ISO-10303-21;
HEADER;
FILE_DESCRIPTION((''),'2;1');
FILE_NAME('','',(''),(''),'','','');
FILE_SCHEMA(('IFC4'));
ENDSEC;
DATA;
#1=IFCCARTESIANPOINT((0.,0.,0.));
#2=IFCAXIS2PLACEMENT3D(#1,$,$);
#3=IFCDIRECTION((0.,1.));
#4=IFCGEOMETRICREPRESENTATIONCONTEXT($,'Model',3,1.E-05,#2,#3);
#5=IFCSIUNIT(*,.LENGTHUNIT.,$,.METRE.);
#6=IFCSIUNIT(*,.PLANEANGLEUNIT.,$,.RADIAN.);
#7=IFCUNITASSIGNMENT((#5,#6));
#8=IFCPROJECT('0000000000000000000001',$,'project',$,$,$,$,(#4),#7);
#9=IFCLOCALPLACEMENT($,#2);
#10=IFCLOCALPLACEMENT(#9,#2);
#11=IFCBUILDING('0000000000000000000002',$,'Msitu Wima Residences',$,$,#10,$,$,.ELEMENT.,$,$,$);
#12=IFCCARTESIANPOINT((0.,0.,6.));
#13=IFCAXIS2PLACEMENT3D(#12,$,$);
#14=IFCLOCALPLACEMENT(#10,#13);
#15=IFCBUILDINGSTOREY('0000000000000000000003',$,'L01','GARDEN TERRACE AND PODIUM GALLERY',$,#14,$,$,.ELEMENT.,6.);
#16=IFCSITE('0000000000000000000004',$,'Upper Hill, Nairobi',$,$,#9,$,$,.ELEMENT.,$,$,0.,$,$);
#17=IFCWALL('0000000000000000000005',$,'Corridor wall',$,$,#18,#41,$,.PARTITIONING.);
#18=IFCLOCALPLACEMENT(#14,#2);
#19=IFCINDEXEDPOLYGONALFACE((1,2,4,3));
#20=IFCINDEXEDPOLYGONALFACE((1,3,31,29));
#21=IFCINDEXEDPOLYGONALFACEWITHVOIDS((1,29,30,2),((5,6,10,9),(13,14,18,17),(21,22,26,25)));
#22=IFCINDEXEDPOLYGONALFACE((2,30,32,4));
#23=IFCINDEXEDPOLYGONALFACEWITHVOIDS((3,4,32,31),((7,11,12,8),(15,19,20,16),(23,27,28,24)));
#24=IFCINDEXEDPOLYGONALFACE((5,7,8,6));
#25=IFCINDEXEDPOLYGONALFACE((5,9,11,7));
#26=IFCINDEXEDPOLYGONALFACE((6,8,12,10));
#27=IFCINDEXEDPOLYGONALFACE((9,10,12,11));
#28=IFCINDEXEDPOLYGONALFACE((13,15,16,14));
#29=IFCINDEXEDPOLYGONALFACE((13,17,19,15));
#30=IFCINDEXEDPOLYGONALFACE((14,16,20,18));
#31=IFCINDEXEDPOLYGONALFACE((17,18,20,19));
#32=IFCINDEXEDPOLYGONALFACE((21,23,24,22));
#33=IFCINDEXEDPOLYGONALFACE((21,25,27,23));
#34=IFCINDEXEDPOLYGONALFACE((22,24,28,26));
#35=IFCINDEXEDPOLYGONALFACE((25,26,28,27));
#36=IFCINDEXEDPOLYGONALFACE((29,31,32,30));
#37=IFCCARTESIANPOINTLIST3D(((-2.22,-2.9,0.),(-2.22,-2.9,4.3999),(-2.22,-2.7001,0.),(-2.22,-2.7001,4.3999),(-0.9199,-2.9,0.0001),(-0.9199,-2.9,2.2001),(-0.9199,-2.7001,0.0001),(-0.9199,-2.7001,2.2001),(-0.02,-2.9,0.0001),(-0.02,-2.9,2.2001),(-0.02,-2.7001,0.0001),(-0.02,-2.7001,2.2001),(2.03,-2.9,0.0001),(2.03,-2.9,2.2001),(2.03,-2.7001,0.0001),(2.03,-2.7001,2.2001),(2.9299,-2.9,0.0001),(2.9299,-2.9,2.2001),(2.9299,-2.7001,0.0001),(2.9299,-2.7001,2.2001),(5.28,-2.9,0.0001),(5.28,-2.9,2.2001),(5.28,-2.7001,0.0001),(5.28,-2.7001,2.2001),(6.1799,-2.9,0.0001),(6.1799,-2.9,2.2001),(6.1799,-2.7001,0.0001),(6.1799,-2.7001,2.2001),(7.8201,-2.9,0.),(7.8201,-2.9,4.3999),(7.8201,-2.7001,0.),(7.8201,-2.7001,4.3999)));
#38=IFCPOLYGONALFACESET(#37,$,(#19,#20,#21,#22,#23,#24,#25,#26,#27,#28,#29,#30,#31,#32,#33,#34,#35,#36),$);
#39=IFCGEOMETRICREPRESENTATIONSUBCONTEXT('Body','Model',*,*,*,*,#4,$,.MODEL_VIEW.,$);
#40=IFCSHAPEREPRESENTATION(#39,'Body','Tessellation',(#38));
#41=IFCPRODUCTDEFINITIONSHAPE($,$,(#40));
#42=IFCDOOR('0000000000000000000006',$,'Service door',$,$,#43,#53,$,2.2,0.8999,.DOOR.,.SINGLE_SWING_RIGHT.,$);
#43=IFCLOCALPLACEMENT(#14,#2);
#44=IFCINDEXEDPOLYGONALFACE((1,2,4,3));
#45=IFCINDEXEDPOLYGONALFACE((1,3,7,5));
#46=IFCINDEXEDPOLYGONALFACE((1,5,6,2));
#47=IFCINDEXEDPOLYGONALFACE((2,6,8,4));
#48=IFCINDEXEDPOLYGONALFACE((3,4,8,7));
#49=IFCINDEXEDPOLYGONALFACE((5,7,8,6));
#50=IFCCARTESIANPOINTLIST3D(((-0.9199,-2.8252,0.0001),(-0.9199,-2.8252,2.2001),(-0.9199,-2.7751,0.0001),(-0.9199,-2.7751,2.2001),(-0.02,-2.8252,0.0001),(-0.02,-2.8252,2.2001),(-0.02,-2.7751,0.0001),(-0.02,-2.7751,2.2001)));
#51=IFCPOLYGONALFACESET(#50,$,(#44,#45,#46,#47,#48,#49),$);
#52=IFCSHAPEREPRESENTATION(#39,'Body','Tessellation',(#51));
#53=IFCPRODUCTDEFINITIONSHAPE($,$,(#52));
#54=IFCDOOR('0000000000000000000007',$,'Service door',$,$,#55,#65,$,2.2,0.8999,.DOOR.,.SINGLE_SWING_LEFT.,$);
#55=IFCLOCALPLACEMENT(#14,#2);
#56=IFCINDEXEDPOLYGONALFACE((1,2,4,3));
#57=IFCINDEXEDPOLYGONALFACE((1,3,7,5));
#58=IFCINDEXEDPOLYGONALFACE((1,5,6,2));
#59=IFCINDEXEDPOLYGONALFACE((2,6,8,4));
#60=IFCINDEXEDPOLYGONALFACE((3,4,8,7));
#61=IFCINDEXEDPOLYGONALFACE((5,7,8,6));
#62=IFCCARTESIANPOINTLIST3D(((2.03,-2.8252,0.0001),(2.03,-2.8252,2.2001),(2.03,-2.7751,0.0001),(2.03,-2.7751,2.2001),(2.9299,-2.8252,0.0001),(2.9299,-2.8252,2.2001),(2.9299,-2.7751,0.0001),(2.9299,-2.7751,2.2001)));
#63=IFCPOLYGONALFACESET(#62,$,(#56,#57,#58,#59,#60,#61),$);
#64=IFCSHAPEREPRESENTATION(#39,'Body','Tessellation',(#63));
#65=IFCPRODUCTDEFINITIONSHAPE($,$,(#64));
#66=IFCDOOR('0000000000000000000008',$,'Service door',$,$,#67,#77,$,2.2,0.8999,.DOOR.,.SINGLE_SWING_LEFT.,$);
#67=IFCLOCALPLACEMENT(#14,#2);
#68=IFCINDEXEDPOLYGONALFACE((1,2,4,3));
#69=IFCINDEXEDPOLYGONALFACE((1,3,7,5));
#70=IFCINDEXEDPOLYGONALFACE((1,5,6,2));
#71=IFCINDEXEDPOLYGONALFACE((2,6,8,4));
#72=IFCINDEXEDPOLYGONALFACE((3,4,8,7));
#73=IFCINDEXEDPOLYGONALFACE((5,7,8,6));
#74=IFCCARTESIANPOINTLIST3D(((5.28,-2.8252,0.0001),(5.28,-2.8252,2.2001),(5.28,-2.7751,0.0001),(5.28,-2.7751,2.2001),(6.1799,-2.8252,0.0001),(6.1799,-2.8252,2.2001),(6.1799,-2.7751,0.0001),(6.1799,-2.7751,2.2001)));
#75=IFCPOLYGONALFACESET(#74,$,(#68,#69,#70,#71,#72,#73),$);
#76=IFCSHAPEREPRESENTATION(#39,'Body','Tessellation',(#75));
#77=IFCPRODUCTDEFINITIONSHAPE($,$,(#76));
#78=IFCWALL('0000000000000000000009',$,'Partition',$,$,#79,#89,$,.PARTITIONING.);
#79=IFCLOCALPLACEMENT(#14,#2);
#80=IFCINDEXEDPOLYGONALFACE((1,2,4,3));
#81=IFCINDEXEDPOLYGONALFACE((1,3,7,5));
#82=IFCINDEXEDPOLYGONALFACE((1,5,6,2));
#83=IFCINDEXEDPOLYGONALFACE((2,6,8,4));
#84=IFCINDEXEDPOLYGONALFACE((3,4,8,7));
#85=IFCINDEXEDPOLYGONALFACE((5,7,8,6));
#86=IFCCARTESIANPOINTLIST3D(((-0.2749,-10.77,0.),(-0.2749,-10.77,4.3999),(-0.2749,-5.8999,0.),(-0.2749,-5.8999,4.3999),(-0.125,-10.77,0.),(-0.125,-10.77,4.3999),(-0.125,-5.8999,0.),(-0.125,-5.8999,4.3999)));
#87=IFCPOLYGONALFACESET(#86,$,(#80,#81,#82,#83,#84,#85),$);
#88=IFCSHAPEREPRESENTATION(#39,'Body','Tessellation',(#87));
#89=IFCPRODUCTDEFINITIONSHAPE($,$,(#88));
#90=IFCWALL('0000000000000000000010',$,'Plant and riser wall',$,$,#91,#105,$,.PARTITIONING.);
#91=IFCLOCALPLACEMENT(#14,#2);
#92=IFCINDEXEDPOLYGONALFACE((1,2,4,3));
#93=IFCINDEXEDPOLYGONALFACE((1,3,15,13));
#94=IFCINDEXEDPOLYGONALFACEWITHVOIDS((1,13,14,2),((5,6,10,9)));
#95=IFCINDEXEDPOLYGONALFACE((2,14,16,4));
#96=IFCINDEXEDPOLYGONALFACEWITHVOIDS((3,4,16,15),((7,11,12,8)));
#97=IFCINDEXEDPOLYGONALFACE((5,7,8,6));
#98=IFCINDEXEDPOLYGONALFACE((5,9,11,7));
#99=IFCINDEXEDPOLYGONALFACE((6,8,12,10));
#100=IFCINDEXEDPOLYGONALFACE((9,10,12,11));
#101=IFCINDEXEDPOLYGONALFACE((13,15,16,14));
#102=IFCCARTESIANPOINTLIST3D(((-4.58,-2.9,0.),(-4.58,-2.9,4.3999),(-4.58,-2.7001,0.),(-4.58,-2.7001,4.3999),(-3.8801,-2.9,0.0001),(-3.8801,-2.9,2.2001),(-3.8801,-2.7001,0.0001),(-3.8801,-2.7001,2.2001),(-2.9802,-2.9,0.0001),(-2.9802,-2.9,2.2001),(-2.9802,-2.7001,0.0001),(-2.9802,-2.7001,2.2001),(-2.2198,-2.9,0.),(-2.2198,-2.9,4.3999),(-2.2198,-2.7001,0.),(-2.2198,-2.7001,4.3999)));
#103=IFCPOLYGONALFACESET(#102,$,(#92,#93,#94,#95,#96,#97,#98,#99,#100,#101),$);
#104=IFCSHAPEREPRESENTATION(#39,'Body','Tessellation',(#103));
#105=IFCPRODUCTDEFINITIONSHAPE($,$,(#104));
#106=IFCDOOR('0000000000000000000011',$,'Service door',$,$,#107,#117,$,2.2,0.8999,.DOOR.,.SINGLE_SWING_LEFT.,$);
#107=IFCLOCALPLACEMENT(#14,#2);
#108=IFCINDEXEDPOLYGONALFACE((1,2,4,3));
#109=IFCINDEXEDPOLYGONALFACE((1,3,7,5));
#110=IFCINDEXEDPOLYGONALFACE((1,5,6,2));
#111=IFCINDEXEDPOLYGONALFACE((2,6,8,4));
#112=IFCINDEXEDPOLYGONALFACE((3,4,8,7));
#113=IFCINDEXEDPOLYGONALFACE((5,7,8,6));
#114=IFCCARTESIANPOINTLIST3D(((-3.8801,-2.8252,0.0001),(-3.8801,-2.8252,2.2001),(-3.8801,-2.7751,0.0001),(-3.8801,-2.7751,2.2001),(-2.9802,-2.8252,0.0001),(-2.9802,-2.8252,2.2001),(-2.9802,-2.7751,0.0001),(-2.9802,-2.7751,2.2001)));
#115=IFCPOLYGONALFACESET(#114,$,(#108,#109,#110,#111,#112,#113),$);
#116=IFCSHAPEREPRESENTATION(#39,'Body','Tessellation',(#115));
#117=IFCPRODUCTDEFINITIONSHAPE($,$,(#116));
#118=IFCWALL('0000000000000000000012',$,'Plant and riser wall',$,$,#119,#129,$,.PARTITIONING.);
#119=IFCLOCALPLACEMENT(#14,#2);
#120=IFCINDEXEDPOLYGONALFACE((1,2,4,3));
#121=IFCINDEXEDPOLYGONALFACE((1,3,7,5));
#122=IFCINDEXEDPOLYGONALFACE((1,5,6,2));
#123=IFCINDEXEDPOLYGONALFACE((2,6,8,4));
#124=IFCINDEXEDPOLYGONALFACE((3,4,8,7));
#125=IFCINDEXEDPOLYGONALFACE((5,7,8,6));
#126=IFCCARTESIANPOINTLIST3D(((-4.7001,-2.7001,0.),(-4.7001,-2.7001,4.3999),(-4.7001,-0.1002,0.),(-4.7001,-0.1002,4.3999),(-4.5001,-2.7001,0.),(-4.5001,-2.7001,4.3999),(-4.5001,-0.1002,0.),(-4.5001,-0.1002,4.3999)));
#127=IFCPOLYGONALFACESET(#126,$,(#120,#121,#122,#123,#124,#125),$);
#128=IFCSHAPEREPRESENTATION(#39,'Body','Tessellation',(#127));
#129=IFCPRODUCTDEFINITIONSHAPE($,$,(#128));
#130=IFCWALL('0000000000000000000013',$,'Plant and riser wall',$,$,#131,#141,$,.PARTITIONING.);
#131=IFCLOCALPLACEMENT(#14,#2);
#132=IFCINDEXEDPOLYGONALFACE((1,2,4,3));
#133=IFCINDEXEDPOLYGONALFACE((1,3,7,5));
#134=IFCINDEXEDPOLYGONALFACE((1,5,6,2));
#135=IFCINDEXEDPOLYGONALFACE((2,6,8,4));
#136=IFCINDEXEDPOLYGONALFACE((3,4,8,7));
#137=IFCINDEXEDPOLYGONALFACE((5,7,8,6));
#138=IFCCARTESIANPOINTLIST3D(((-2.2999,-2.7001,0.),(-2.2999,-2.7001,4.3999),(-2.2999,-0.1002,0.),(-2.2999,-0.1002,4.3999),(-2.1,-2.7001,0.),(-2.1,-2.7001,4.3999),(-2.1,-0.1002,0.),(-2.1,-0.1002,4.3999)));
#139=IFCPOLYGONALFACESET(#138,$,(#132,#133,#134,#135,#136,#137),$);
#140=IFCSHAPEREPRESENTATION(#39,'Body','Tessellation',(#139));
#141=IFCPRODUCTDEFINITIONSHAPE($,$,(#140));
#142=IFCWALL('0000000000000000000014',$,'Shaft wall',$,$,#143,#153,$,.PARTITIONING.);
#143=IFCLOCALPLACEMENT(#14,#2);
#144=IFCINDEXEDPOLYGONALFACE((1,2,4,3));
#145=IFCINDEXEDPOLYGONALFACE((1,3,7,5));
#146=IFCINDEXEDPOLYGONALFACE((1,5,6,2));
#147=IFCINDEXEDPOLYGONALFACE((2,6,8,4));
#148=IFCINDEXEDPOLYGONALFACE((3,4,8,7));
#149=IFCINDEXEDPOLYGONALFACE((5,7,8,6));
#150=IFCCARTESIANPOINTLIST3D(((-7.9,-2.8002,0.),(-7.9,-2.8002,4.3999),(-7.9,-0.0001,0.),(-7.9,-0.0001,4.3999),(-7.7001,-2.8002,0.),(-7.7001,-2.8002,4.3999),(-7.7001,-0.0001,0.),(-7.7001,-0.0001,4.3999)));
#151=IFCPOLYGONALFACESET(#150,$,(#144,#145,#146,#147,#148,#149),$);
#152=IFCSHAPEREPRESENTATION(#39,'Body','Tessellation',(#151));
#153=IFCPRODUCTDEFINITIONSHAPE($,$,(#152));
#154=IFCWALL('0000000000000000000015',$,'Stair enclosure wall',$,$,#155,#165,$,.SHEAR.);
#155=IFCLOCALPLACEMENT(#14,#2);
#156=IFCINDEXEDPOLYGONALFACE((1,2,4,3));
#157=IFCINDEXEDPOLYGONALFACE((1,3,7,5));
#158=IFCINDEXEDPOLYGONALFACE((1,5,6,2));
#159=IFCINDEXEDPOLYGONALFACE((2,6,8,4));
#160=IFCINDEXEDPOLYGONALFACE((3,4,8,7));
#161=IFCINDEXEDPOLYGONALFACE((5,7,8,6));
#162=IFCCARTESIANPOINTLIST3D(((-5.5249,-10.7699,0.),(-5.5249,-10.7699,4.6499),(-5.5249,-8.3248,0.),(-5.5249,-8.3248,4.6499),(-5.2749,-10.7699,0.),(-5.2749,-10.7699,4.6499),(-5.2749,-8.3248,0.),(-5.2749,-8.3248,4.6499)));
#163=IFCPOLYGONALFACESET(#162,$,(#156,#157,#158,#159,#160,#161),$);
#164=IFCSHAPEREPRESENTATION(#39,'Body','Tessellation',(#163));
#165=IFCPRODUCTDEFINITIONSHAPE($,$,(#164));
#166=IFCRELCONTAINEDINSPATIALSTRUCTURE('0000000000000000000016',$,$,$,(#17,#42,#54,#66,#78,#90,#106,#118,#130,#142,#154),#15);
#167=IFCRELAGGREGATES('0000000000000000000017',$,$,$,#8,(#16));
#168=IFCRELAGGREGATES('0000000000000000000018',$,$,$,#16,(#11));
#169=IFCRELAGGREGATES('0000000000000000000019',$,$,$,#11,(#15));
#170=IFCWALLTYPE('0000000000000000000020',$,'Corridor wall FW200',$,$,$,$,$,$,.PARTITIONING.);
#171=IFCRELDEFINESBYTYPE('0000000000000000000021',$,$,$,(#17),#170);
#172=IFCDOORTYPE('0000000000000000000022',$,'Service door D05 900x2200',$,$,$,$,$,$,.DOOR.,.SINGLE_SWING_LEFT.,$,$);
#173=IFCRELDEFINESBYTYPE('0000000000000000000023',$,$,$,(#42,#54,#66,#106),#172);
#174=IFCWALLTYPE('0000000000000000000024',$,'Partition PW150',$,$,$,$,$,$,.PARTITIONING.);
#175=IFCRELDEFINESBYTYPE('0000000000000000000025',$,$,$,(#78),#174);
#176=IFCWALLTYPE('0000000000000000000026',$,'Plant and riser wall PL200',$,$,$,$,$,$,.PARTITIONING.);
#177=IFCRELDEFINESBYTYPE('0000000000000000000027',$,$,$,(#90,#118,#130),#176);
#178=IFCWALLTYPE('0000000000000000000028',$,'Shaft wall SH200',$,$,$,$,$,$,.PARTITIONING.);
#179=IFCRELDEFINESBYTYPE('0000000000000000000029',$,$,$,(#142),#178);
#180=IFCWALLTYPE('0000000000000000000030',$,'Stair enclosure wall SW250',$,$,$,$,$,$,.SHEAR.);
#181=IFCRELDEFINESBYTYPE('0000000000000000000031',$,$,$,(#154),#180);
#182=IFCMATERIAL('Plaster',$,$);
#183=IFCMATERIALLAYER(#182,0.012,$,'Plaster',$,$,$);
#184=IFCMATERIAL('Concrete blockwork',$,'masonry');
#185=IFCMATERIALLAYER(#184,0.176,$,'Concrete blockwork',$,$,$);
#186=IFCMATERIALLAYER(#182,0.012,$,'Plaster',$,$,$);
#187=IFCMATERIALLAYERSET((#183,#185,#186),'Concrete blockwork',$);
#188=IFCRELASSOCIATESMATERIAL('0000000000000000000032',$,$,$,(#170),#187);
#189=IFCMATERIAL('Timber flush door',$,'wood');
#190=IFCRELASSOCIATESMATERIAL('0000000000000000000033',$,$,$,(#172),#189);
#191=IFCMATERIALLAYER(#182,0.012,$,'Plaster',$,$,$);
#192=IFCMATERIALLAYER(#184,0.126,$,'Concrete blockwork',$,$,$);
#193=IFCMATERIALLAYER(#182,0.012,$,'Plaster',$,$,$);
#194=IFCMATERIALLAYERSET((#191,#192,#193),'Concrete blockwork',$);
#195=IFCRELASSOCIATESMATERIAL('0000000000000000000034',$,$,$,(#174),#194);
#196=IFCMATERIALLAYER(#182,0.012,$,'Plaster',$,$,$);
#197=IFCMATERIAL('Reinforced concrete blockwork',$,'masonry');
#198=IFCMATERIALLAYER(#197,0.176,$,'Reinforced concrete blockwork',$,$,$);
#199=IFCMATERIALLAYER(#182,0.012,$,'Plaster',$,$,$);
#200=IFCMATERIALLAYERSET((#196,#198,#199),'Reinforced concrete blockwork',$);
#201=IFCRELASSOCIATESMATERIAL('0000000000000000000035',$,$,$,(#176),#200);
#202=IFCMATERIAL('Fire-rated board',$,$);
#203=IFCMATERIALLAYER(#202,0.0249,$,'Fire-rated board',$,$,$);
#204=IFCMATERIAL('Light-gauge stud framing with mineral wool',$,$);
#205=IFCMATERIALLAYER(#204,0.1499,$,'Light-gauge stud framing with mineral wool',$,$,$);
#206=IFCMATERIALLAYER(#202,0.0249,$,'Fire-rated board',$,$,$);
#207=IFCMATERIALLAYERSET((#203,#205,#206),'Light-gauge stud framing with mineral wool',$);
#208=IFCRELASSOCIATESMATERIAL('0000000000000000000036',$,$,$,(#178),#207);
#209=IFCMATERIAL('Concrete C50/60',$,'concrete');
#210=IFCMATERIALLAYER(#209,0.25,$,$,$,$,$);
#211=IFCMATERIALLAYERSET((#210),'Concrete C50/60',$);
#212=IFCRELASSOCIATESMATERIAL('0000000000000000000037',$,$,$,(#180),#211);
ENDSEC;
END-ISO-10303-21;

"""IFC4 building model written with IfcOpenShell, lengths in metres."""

from ifc_helpers import new_model, si_unit, direction, frame, frame_2d, origin, place, context, subcontext, project, spatial, rectangle, extrude, material, layer, layer_set, type_object, element, fill, save


model = new_model("IFC4")

# Units and contexts
model_context = context("Model", 3, precision=1e-05, world=origin(), true_north=direction((0.0, 1.0)))
body_context = subcontext(model_context, "Body", "Model", "MODEL_VIEW")
ifc_project = project(units=[si_unit("LENGTHUNIT", "METRE"), si_unit("PLANEANGLEUNIT", "RADIAN")], contexts=[model_context])

# Site, building, storey
site_placement = place(None, origin())
site = spatial("IfcSite", under=ifc_project, at=site_placement, Name="Upper Hill, Nairobi", CompositionType="ELEMENT", RefElevation=0.0)
building_placement = place(site_placement, origin())
building = spatial("IfcBuilding", under=site, at=building_placement, Name="Msitu Wima Residences", CompositionType="ELEMENT")
storey_placement = place(building_placement, frame((0.0, 0.0, 6.0)))
storey = spatial("IfcBuildingStorey", under=building, at=storey_placement, Name="L01", Description="GARDEN TERRACE AND PODIUM GALLERY", CompositionType="ELEMENT", Elevation=6.0)

# Shared definitions
ifc_material_1 = material(Name="Plaster")
ifc_layer_1 = layer(ifc_material_1, 0.012, Name="Plaster")
ifc_material_2 = material(Name="Concrete blockwork", Category="masonry")
ifc_layer_2 = layer(ifc_material_2, 0.176, Name="Concrete blockwork")
ifc_layer_3 = layer(ifc_material_1, 0.012, Name="Plaster")
ifc_layer_set_1 = layer_set([ifc_layer_1, ifc_layer_2, ifc_layer_3], Name="Concrete blockwork")
wall_type_1 = type_object("IfcWallType", Name="Corridor wall FW200", PredefinedType="PARTITIONING", material=ifc_layer_set_1)
ifc_material_3 = material(Name="Timber flush door", Category="wood")
door_type_1 = type_object("IfcDoorType", Name="Service door D05 900x2200", OperationType="SINGLE_SWING_LEFT", PredefinedType="DOOR", material=ifc_material_3)

# Wall, openings, doors
wall_1_placement = place(storey_placement, frame((-2.22, -2.8, 0.0), z_axis=(0.0, 0.0, 1.0), x_axis=(1.0, 0.0, 0.0)))
wall_1 = element("IfcWall", 1, at=wall_1_placement, inside=storey, type_object=wall_type_1, Name="Corridor wall", PredefinedType="PARTITIONING", context=body_context, shape_type="SweptSolid", body=[
    extrude(rectangle(XDim=10.04, YDim=0.2, at=frame_2d((5.02, 0.0))), origin(), (0.0, 0.0, 1.0), 4.3999),
])
opening_1_placement = place(wall_1_placement, frame((1.3, 0.0, 0.0)))
opening_1 = element("IfcOpeningElement", 2, at=opening_1_placement, cuts=wall_1, PredefinedType="OPENING", context=body_context, shape_type="SweptSolid", body=[
    extrude(rectangle(XDim=0.8999, YDim=2.2, at=frame_2d((0.45, 1.1001))), frame((0.0, 0.1099, 0.0), z_axis=(0.0, -1.0, 0.0), x_axis=(1.0, 0.0, 0.0)), (0.0, 0.0, 1.0), 0.22),
])
opening_2_placement = place(wall_1_placement, frame((4.25, 0.0, 0.0)))
opening_2 = element("IfcOpeningElement", 3, at=opening_2_placement, cuts=wall_1, PredefinedType="OPENING", context=body_context, shape_type="SweptSolid", body=[
    extrude(rectangle(XDim=0.8999, YDim=2.2, at=frame_2d((0.45, 1.1001))), frame((0.0, 0.1099, 0.0), z_axis=(0.0, -1.0, 0.0), x_axis=(1.0, 0.0, 0.0)), (0.0, 0.0, 1.0), 0.22),
])
opening_3_placement = place(wall_1_placement, frame((7.5, 0.0, 0.0)))
opening_3 = element("IfcOpeningElement", 4, at=opening_3_placement, cuts=wall_1, PredefinedType="OPENING", context=body_context, shape_type="SweptSolid", body=[
    extrude(rectangle(XDim=0.8999, YDim=2.2, at=frame_2d((0.45, 1.1001))), frame((0.0, 0.1099, 0.0), z_axis=(0.0, -1.0, 0.0), x_axis=(1.0, 0.0, 0.0)), (0.0, 0.0, 1.0), 0.22),
])
door_1_placement = place(opening_1_placement, origin())
door_1 = element("IfcDoor", 5, at=door_1_placement, inside=storey, type_object=door_type_1, Name="Service door", OperationType="SINGLE_SWING_RIGHT", OverallHeight=2.2, OverallWidth=0.8999, PredefinedType="DOOR", context=body_context, shape_type="SweptSolid", body=[
    extrude(rectangle(XDim=0.8999, YDim=2.2, at=frame_2d((0.45, 1.1001))), frame((0.0, 0.0249, 0.0), z_axis=(0.0, -1.0, 0.0), x_axis=(1.0, 0.0, 0.0)), (0.0, 0.0, 1.0), 0.05),
])
fill(opening_1, door_1)
door_2_placement = place(opening_2_placement, origin())
door_2 = element("IfcDoor", 6, at=door_2_placement, inside=storey, type_object=door_type_1, Name="Service door", OperationType="SINGLE_SWING_LEFT", OverallHeight=2.2, OverallWidth=0.8999, PredefinedType="DOOR", context=body_context, shape_type="SweptSolid", body=[
    extrude(rectangle(XDim=0.8999, YDim=2.2, at=frame_2d((0.45, 1.1001))), frame((0.0, 0.0249, 0.0), z_axis=(0.0, -1.0, 0.0), x_axis=(1.0, 0.0, 0.0)), (0.0, 0.0, 1.0), 0.05),
])
fill(opening_2, door_2)
door_3_placement = place(opening_3_placement, origin())
door_3 = element("IfcDoor", 7, at=door_3_placement, inside=storey, type_object=door_type_1, Name="Service door", OperationType="SINGLE_SWING_LEFT", OverallHeight=2.2, OverallWidth=0.8999, PredefinedType="DOOR", context=body_context, shape_type="SweptSolid", body=[
    extrude(rectangle(XDim=0.8999, YDim=2.2, at=frame_2d((0.45, 1.1001))), frame((0.0, 0.0249, 0.0), z_axis=(0.0, -1.0, 0.0), x_axis=(1.0, 0.0, 0.0)), (0.0, 0.0, 1.0), 0.05),
])
fill(opening_3, door_3)

# Wall
ifc_layer_4 = layer(ifc_material_1, 0.012, Name="Plaster")
ifc_layer_5 = layer(ifc_material_2, 0.126, Name="Concrete blockwork")
ifc_layer_6 = layer(ifc_material_1, 0.012, Name="Plaster")
ifc_layer_set_2 = layer_set([ifc_layer_4, ifc_layer_5, ifc_layer_6], Name="Concrete blockwork")
wall_type_2 = type_object("IfcWallType", Name="Partition PW150", PredefinedType="PARTITIONING", material=ifc_layer_set_2)
wall_2_placement = place(storey_placement, frame((-0.2, -10.77, 0.0), z_axis=(0.0, 0.0, 1.0), x_axis=(0.0, 1.0, 0.0)))
element("IfcWall", 8, at=wall_2_placement, inside=storey, type_object=wall_type_2, Name="Partition", PredefinedType="PARTITIONING", context=body_context, shape_type="SweptSolid", body=[
    extrude(rectangle(XDim=4.8701, YDim=0.1499, at=frame_2d((2.4351, 0.0))), origin(), (0.0, 0.0, 1.0), 4.3999),
])

# Wall, opening, door
ifc_layer_7 = layer(ifc_material_1, 0.012, Name="Plaster")
ifc_material_4 = material(Name="Reinforced concrete blockwork", Category="masonry")
ifc_layer_8 = layer(ifc_material_4, 0.176, Name="Reinforced concrete blockwork")
ifc_layer_9 = layer(ifc_material_1, 0.012, Name="Plaster")
ifc_layer_set_3 = layer_set([ifc_layer_7, ifc_layer_8, ifc_layer_9], Name="Reinforced concrete blockwork")
wall_type_3 = type_object("IfcWallType", Name="Plant and riser wall PL200", PredefinedType="PARTITIONING", material=ifc_layer_set_3)
wall_3_placement = place(storey_placement, frame((-4.5801, -2.8, 0.0), z_axis=(0.0, 0.0, 1.0), x_axis=(1.0, 0.0, 0.0)))
wall_3 = element("IfcWall", 9, at=wall_3_placement, inside=storey, type_object=wall_type_3, Name="Plant and riser wall", PredefinedType="PARTITIONING", context=body_context, shape_type="SweptSolid", body=[
    extrude(rectangle(XDim=2.3601, YDim=0.2, at=frame_2d((1.1802, 0.0))), origin(), (0.0, 0.0, 1.0), 4.3999),
])
opening_4_placement = place(wall_3_placement, frame((0.7, 0.0, 0.0)))
opening_4 = element("IfcOpeningElement", 10, at=opening_4_placement, cuts=wall_3, PredefinedType="OPENING", context=body_context, shape_type="SweptSolid", body=[
    extrude(rectangle(XDim=0.8999, YDim=2.2, at=frame_2d((0.45, 1.1001))), frame((0.0, 0.1099, 0.0), z_axis=(0.0, -1.0, 0.0), x_axis=(1.0, 0.0, 0.0)), (0.0, 0.0, 1.0), 0.22),
])
door_4_placement = place(opening_4_placement, origin())
door_4 = element("IfcDoor", 11, at=door_4_placement, inside=storey, type_object=door_type_1, Name="Service door", OperationType="SINGLE_SWING_LEFT", OverallHeight=2.2, OverallWidth=0.8999, PredefinedType="DOOR", context=body_context, shape_type="SweptSolid", body=[
    extrude(rectangle(XDim=0.8999, YDim=2.2, at=frame_2d((0.45, 1.1001))), frame((0.0, 0.0249, 0.0), z_axis=(0.0, -1.0, 0.0), x_axis=(1.0, 0.0, 0.0)), (0.0, 0.0, 1.0), 0.05),
])
fill(opening_4, door_4)

# Walls
for number, where, z_axis, x_axis, name in (
    (12, (-4.6001, -2.7, 0.0), (0.0, 0.0, 1.0), (0.0, 1.0, 0.0), "Plant and riser wall"),
    (13, (-2.2, -2.7, 0.0), (0.0, 0.0, 1.0), (0.0, 1.0, 0.0), "Plant and riser wall"),
):
    element("IfcWall", number, at=place(storey_placement, frame(where, z_axis=z_axis, x_axis=x_axis)), inside=storey, type_object=wall_type_3, Name=name, PredefinedType="PARTITIONING", context=body_context, shape_type="SweptSolid", body=[
        extrude(rectangle(XDim=2.5999, YDim=0.2, at=frame_2d((1.2998, 0.0))), origin(), (0.0, 0.0, 1.0), 4.3999),
    ])
ifc_material_5 = material(Name="Fire-rated board")
ifc_layer_10 = layer(ifc_material_5, 0.0249, Name="Fire-rated board")
ifc_material_6 = material(Name="Light-gauge stud framing with mineral wool")
ifc_layer_11 = layer(ifc_material_6, 0.1499, Name="Light-gauge stud framing with mineral wool")
ifc_layer_12 = layer(ifc_material_5, 0.0249, Name="Fire-rated board")
ifc_layer_set_4 = layer_set([ifc_layer_10, ifc_layer_11, ifc_layer_12], Name="Light-gauge stud framing with mineral wool")
wall_type_4 = type_object("IfcWallType", Name="Shaft wall SH200", PredefinedType="PARTITIONING", material=ifc_layer_set_4)
wall_4_placement = place(storey_placement, frame((-7.8, -2.8, 0.0), z_axis=(0.0, 0.0, 1.0), x_axis=(0.0, 1.0, 0.0)))
element("IfcWall", 14, at=wall_4_placement, inside=storey, type_object=wall_type_4, Name="Shaft wall", PredefinedType="PARTITIONING", context=body_context, shape_type="SweptSolid", body=[
    extrude(rectangle(XDim=2.8, YDim=0.2, at=frame_2d((1.3999, 0.0))), origin(), (0.0, 0.0, 1.0), 4.3999),
])
ifc_material_7 = material(Name="Concrete C50/60", Category="concrete")
ifc_layer_13 = layer(ifc_material_7, 0.25)
ifc_layer_set_5 = layer_set([ifc_layer_13], Name="Concrete C50/60")
wall_type_5 = type_object("IfcWallType", Name="Stair enclosure wall SW250", PredefinedType="SHEAR", material=ifc_layer_set_5)
wall_5_placement = place(storey_placement, frame((-5.3999, -10.77, 0.0), z_axis=(0.0, 0.0, 1.0), x_axis=(0.0, 1.0, 0.0)))
element("IfcWall", 15, at=wall_5_placement, inside=storey, type_object=wall_type_5, Name="Stair enclosure wall", PredefinedType="SHEAR", context=body_context, shape_type="SweptSolid", body=[
    extrude(rectangle(XDim=2.4451, YDim=0.25, at=frame_2d((1.2227, 0.0))), origin(), (0.0, 0.0, 1.0), 4.6499),
])

save(model, "model.ifc")
